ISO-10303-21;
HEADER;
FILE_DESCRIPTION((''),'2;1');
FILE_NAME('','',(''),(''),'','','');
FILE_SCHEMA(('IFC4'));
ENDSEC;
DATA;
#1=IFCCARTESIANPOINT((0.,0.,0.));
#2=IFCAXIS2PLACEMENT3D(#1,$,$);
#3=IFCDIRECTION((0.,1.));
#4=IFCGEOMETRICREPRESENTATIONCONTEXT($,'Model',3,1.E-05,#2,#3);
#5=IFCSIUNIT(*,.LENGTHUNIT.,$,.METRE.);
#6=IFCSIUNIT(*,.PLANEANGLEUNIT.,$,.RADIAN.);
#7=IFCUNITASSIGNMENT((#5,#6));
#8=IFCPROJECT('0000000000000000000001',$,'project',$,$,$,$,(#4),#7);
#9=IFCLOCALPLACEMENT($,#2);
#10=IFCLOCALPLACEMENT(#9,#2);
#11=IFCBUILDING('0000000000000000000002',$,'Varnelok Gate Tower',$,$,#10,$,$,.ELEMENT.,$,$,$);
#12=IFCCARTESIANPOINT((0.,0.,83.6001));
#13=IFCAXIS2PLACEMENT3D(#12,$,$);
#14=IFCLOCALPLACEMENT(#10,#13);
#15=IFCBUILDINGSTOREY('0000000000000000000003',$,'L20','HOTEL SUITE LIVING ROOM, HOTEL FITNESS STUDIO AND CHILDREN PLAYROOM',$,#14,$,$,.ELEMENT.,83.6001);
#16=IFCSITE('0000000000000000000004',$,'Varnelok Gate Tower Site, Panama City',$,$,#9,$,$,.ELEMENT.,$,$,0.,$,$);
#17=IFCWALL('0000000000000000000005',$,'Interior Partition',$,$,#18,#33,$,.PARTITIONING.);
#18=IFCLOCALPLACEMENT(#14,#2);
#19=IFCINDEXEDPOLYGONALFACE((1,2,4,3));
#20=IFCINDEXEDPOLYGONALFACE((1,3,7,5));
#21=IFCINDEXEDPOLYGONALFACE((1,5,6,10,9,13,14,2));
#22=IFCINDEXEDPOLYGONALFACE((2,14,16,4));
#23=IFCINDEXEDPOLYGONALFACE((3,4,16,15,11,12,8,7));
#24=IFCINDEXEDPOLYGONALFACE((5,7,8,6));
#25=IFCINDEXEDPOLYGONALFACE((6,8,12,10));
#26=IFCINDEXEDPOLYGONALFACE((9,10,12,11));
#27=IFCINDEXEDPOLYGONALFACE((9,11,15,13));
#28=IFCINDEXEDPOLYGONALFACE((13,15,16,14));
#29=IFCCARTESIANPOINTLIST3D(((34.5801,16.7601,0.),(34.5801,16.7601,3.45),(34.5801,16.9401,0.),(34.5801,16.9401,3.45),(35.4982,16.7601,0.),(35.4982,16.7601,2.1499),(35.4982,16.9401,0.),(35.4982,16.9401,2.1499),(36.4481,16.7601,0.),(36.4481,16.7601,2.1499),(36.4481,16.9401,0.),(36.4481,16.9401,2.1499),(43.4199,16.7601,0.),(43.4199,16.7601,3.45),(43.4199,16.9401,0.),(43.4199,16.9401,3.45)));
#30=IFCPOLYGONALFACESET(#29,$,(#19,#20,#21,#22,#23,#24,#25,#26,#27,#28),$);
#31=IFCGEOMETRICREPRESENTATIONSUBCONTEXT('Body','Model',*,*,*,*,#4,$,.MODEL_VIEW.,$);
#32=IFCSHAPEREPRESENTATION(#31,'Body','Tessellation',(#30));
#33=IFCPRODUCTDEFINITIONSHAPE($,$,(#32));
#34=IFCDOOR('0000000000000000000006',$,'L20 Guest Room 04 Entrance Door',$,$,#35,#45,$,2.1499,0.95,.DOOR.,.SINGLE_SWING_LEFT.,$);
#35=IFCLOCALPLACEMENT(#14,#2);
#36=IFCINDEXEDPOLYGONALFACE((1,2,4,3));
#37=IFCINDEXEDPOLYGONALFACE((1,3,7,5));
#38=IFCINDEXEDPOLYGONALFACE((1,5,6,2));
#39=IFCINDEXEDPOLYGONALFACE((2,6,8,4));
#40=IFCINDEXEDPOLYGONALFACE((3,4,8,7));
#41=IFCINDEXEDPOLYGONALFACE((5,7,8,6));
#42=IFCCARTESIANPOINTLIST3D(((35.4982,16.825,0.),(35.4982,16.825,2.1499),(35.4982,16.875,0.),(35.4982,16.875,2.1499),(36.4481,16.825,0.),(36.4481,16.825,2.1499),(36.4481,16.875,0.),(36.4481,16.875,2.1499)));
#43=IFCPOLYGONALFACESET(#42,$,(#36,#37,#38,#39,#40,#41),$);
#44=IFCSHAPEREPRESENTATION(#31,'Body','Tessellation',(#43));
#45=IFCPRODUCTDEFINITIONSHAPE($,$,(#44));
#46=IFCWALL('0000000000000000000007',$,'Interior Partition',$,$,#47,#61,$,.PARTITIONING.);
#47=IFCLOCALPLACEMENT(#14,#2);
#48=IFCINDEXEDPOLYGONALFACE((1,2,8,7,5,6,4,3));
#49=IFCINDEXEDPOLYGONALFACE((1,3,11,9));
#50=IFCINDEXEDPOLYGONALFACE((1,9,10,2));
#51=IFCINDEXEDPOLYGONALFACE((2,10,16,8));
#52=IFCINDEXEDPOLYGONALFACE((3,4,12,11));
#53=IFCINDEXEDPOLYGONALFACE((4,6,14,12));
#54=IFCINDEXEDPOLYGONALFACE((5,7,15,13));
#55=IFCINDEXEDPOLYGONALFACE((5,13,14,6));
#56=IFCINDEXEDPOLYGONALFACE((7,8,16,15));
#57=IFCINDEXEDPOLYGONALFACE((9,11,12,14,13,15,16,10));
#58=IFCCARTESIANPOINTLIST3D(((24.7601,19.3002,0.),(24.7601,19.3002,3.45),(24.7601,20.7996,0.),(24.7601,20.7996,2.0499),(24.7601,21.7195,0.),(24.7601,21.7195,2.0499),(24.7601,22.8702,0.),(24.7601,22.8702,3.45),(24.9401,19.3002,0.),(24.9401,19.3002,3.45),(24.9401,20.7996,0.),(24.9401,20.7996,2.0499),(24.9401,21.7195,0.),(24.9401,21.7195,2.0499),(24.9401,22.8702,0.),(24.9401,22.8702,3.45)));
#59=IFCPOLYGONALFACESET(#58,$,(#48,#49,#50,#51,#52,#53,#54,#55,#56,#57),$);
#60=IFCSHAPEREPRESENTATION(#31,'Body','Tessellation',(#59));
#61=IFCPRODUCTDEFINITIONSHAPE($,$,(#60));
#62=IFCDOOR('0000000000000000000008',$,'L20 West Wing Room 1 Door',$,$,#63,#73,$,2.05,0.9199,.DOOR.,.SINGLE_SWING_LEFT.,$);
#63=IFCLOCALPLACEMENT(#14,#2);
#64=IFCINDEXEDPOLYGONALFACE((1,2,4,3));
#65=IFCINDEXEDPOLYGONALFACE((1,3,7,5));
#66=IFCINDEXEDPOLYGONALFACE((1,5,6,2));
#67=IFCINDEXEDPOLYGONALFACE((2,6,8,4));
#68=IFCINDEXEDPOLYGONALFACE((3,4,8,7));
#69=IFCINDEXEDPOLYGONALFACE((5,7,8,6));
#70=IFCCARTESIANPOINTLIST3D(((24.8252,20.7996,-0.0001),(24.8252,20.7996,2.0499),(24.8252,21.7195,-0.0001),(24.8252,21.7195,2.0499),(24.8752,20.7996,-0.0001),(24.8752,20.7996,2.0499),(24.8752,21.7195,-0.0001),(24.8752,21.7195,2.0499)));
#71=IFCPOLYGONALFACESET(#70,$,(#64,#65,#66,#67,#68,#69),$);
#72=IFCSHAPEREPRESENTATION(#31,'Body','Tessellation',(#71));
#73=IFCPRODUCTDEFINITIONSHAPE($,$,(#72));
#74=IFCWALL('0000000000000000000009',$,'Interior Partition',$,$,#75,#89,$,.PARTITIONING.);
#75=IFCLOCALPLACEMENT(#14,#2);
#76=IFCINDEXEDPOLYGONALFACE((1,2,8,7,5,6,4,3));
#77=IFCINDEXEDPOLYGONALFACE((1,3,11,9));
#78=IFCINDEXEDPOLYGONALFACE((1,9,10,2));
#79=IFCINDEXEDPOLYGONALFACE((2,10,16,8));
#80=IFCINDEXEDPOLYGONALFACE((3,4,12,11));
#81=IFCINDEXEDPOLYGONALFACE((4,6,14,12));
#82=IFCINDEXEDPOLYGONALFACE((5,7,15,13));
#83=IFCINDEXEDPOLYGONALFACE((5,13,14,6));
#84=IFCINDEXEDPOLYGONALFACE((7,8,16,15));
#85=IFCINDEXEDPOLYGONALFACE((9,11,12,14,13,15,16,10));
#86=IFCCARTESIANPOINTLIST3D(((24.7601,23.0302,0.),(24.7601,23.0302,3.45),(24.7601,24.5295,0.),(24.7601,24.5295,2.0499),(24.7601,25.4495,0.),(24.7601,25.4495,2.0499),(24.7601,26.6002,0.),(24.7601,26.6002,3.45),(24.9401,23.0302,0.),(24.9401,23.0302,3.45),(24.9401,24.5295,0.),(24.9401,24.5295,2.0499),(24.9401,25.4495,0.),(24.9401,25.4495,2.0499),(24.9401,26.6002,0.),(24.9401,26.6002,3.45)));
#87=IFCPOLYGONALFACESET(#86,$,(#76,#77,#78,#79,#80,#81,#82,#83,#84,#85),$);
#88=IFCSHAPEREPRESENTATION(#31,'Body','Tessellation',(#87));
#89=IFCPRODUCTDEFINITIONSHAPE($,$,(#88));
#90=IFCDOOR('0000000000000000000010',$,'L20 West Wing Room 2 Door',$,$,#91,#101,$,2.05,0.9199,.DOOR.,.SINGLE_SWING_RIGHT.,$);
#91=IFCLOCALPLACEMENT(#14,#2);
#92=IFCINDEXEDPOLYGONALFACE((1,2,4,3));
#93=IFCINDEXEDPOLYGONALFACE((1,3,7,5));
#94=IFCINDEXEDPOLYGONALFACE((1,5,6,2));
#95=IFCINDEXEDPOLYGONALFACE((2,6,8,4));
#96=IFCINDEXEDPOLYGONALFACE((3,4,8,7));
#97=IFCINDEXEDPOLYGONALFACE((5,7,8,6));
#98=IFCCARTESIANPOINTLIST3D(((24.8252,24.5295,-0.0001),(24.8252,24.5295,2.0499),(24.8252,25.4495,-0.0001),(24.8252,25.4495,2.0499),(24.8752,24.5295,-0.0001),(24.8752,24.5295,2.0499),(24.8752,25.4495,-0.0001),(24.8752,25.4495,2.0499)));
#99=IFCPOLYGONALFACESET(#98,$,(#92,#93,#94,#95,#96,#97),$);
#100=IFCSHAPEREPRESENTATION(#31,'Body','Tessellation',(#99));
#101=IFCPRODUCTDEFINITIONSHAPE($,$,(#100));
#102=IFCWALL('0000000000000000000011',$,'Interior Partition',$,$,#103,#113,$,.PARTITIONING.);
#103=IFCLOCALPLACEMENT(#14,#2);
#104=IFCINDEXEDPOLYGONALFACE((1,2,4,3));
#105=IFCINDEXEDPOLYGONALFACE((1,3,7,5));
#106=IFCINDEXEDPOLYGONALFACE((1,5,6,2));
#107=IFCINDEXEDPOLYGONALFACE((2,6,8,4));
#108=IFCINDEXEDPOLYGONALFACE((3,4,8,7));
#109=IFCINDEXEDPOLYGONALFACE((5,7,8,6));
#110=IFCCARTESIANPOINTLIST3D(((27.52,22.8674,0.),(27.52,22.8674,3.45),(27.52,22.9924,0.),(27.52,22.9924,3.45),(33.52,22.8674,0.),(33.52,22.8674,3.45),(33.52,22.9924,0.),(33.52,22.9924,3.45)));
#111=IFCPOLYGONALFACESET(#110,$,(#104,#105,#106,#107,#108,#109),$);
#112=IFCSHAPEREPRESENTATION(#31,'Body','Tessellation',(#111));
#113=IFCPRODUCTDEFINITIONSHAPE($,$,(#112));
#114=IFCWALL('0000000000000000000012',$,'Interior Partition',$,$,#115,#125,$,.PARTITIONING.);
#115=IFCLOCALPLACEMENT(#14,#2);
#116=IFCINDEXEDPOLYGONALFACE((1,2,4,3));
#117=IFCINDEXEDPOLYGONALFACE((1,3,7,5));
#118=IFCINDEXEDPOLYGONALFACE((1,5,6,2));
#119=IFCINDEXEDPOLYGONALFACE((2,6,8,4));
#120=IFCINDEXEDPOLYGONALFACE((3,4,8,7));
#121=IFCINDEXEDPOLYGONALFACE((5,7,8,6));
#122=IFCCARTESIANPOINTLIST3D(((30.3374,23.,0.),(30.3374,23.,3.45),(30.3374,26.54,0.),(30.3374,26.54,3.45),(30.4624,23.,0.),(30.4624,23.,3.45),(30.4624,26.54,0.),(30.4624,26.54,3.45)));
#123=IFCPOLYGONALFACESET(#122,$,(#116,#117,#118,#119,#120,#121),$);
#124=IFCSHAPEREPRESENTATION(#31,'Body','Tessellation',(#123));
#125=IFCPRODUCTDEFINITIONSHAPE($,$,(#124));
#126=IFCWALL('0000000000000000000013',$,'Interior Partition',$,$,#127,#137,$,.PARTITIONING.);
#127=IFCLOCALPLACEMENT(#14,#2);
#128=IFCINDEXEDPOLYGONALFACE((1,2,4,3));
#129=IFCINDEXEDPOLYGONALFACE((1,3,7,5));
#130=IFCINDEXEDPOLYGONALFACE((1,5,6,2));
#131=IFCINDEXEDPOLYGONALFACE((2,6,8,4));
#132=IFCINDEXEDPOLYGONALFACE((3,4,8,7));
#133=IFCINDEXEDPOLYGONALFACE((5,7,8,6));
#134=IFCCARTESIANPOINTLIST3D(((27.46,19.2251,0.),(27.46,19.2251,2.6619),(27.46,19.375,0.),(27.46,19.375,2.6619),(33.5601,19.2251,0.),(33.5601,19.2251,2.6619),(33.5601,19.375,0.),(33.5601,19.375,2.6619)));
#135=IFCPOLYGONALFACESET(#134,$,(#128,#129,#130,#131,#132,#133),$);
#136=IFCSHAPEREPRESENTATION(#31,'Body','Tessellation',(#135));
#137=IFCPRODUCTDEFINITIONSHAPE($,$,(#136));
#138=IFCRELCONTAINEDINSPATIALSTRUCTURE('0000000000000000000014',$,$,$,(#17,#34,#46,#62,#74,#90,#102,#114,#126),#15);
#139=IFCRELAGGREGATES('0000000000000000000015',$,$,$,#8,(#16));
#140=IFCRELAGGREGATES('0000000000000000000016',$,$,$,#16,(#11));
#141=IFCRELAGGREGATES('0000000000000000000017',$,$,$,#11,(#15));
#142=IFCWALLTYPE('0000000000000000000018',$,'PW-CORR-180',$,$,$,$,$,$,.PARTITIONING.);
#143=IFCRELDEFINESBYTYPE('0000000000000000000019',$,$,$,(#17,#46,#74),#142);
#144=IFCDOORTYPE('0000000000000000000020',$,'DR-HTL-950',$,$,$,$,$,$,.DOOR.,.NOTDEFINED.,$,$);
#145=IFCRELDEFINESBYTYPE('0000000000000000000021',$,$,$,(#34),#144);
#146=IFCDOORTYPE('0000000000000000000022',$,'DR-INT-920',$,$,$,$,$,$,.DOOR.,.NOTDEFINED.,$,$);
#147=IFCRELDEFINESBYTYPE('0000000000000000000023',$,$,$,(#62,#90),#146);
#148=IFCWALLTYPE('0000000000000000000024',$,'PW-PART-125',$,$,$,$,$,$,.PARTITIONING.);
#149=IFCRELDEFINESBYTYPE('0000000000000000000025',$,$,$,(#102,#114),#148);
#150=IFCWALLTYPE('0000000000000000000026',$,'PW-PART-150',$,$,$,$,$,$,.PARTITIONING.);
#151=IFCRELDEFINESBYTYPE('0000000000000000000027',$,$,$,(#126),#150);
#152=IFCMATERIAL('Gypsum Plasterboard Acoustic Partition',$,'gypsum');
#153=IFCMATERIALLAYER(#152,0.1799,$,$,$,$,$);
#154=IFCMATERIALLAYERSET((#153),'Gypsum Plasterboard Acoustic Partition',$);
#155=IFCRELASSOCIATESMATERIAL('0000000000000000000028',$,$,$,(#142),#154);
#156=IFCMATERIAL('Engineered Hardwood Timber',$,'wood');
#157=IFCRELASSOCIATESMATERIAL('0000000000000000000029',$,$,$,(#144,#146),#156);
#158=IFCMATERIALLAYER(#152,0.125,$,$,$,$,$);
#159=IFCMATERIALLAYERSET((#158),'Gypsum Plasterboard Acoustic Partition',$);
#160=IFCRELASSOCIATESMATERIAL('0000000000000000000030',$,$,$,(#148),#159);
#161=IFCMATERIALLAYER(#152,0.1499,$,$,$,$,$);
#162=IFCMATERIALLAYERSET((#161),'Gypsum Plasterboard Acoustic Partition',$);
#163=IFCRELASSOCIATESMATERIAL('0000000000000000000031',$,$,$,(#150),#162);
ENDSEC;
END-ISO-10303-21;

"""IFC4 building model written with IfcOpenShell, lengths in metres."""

from ifc_helpers import new_model, si_unit, direction, frame, frame_2d, origin, place, context, subcontext, project, spatial, rectangle, extrude, material, layer, layer_set, type_object, element, fill, save


model = new_model("IFC4")

# Units and contexts
model_context = context("Model", 3, precision=1e-05, world=origin(), true_north=direction((0.0, 1.0)))
body_context = subcontext(model_context, "Body", "Model", "MODEL_VIEW")
ifc_project = project(units=[si_unit("LENGTHUNIT", "METRE"), si_unit("PLANEANGLEUNIT", "RADIAN")], contexts=[model_context])

# Site, building, storey
site_placement = place(None, origin())
site = spatial("IfcSite", under=ifc_project, at=site_placement, Name="Varnelok Gate Tower Site, Panama City", CompositionType="ELEMENT", RefElevation=0.0)
building_placement = place(site_placement, origin())
building = spatial("IfcBuilding", under=site, at=building_placement, Name="Varnelok Gate Tower", CompositionType="ELEMENT")
storey_placement = place(building_placement, frame((0.0, 0.0, 83.6001)))
storey = spatial("IfcBuildingStorey", under=building, at=storey_placement, Name="L20", Description="HOTEL SUITE LIVING ROOM, HOTEL FITNESS STUDIO AND CHILDREN PLAYROOM", CompositionType="ELEMENT", Elevation=83.6001)

# Walls, openings, doors
ifc_material_1 = material(Name="Gypsum Plasterboard Acoustic Partition", Category="gypsum")
ifc_layer_1 = layer(ifc_material_1, 0.1799)
ifc_layer_set_1 = layer_set([ifc_layer_1], Name="Gypsum Plasterboard Acoustic Partition")
wall_type_1 = type_object("IfcWallType", Name="PW-CORR-180", PredefinedType="PARTITIONING", material=ifc_layer_set_1)
wall_1_placement = place(storey_placement, frame((34.5801, 16.8501, 0.0), z_axis=(0.0, 0.0, 1.0), x_axis=(1.0, 0.0, 0.0)))
wall_1 = element("IfcWall", 1, at=wall_1_placement, inside=storey, type_object=wall_type_1, Name="Interior Partition", PredefinedType="PARTITIONING", context=body_context, shape_type="SweptSolid", body=[
    extrude(rectangle(XDim=8.8398, YDim=0.1799, at=frame_2d((4.4199, 0.0))), origin(), (0.0, 0.0, 1.0), 3.45),
])
opening_1_placement = place(wall_1_placement, frame((0.918, 0.0, 0.0)))
opening_1 = element("IfcOpeningElement", 2, at=opening_1_placement, cuts=wall_1, PredefinedType="OPENING", context=body_context, shape_type="SweptSolid", body=[
    extrude(rectangle(XDim=0.95, YDim=2.1499, at=frame_2d((0.4751, 1.075))), frame((0.0, 0.0999, 0.0), z_axis=(0.0, -1.0, 0.0), x_axis=(1.0, 0.0, 0.0)), (0.0, 0.0, 1.0), 0.2),
])
ifc_material_2 = material(Name="Engineered Hardwood Timber", Category="wood")
door_type_1 = type_object("IfcDoorType", Name="DR-HTL-950", OperationType="NOTDEFINED", PredefinedType="DOOR", material=ifc_material_2)
door_1_placement = place(opening_1_placement, origin())
door_1 = element("IfcDoor", 3, at=door_1_placement, inside=storey, type_object=door_type_1, Name="L20 Guest Room 04 Entrance Door", OperationType="SINGLE_SWING_LEFT", OverallHeight=2.1499, OverallWidth=0.95, PredefinedType="DOOR", context=body_context, shape_type="SweptSolid", body=[
    extrude(rectangle(XDim=0.95, YDim=2.1499, at=frame_2d((0.4751, 1.075))), frame((0.0, 0.0249, 0.0), z_axis=(0.0, -1.0, 0.0), x_axis=(1.0, 0.0, 0.0)), (0.0, 0.0, 1.0), 0.05),
])
fill(opening_1, door_1)
wall_2_placement = place(storey_placement, frame((24.8501, 19.3, 0.0), z_axis=(0.0, 0.0, 1.0), x_axis=(0.0, 1.0, 0.0)))
wall_2 = element("IfcWall", 4, at=wall_2_placement, inside=storey, type_object=wall_type_1, Name="Interior Partition", PredefinedType="PARTITIONING", context=body_context, shape_type="SweptSolid", body=[
    extrude(rectangle(XDim=3.5701, YDim=0.1799, at=frame_2d((1.7852, 0.0))), origin(), (0.0, 0.0, 1.0), 3.45),
])
opening_2_placement = place(wall_2_placement, frame((1.4995, 0.0, 0.0)))
opening_2 = element("IfcOpeningElement", 5, at=opening_2_placement, cuts=wall_2, PredefinedType="OPENING", context=body_context, shape_type="SweptSolid", body=[
    extrude(rectangle(XDim=0.9199, YDim=2.05, at=frame_2d((0.46, 1.0249))), frame((0.0, 0.0999, 0.0), z_axis=(0.0, -1.0, 0.0), x_axis=(1.0, 0.0, 0.0)), (0.0, 0.0, 1.0), 0.2),
])
door_type_2 = type_object("IfcDoorType", Name="DR-INT-920", OperationType="NOTDEFINED", PredefinedType="DOOR", material=ifc_material_2)
door_2_placement = place(opening_2_placement, origin())
door_2 = element("IfcDoor", 6, at=door_2_placement, inside=storey, type_object=door_type_2, Name="L20 West Wing Room 1 Door", OperationType="SINGLE_SWING_LEFT", OverallHeight=2.05, OverallWidth=0.9199, PredefinedType="DOOR", context=body_context, shape_type="SweptSolid", body=[
    extrude(rectangle(XDim=0.9199, YDim=2.05, at=frame_2d((0.46, 1.0249))), frame((0.0, 0.0249, 0.0), z_axis=(0.0, -1.0, 0.0), x_axis=(1.0, 0.0, 0.0)), (0.0, 0.0, 1.0), 0.05),
])
fill(opening_2, door_2)
wall_3_placement = place(storey_placement, frame((24.8501, 23.03, 0.0), z_axis=(0.0, 0.0, 1.0), x_axis=(0.0, 1.0, 0.0)))
wall_3 = element("IfcWall", 7, at=wall_3_placement, inside=storey, type_object=wall_type_1, Name="Interior Partition", PredefinedType="PARTITIONING", context=body_context, shape_type="SweptSolid", body=[
    extrude(rectangle(XDim=3.5701, YDim=0.1799, at=frame_2d((1.7852, 0.0))), origin(), (0.0, 0.0, 1.0), 3.45),
])
opening_3_placement = place(wall_3_placement, frame((1.4995, 0.0, 0.0)))
opening_3 = element("IfcOpeningElement", 8, at=opening_3_placement, cuts=wall_3, PredefinedType="OPENING", context=body_context, shape_type="SweptSolid", body=[
    extrude(rectangle(XDim=0.9199, YDim=2.05, at=frame_2d((0.46, 1.0249))), frame((0.0, 0.0999, 0.0), z_axis=(0.0, -1.0, 0.0), x_axis=(1.0, 0.0, 0.0)), (0.0, 0.0, 1.0), 0.2),
])
door_3_placement = place(opening_3_placement, origin())
door_3 = element("IfcDoor", 9, at=door_3_placement, inside=storey, type_object=door_type_2, Name="L20 West Wing Room 2 Door", OperationType="SINGLE_SWING_RIGHT", OverallHeight=2.05, OverallWidth=0.9199, PredefinedType="DOOR", context=body_context, shape_type="SweptSolid", body=[
    extrude(rectangle(XDim=0.9199, YDim=2.05, at=frame_2d((0.46, 1.0249))), frame((0.0, 0.0249, 0.0), z_axis=(0.0, -1.0, 0.0), x_axis=(1.0, 0.0, 0.0)), (0.0, 0.0, 1.0), 0.05),
])
fill(opening_3, door_3)

# Walls
ifc_layer_2 = layer(ifc_material_1, 0.125)
ifc_layer_set_2 = layer_set([ifc_layer_2], Name="Gypsum Plasterboard Acoustic Partition")
wall_type_2 = type_object("IfcWallType", Name="PW-PART-125", PredefinedType="PARTITIONING", material=ifc_layer_set_2)
wall_4_placement = place(storey_placement, frame((27.52, 22.9299, 0.0), z_axis=(0.0, 0.0, 1.0), x_axis=(1.0, 0.0, 0.0)))
element("IfcWall", 10, at=wall_4_placement, inside=storey, type_object=wall_type_2, Name="Interior Partition", PredefinedType="PARTITIONING", context=body_context, shape_type="SweptSolid", body=[
    extrude(rectangle(XDim=6.0, YDim=0.125, at=frame_2d((3.0, 0.0))), origin(), (0.0, 0.0, 1.0), 3.45),
])
wall_5_placement = place(storey_placement, frame((30.3999, 23.0, 0.0), z_axis=(0.0, 0.0, 1.0), x_axis=(0.0, 1.0, 0.0)))
element("IfcWall", 11, at=wall_5_placement, inside=storey, type_object=wall_type_2, Name="Interior Partition", PredefinedType="PARTITIONING", context=body_context, shape_type="SweptSolid", body=[
    extrude(rectangle(XDim=3.54, YDim=0.125, at=frame_2d((1.77, 0.0))), origin(), (0.0, 0.0, 1.0), 3.45),
])
ifc_layer_3 = layer(ifc_material_1, 0.1499)
ifc_layer_set_3 = layer_set([ifc_layer_3], Name="Gypsum Plasterboard Acoustic Partition")
wall_type_3 = type_object("IfcWallType", Name="PW-PART-150", PredefinedType="PARTITIONING", material=ifc_layer_set_3)
wall_6_placement = place(storey_placement, frame((27.46, 19.3, 0.0), z_axis=(0.0, 0.0, 1.0), x_axis=(1.0, 0.0, 0.0)))
element("IfcWall", 12, at=wall_6_placement, inside=storey, type_object=wall_type_3, Name="Interior Partition", PredefinedType="PARTITIONING", context=body_context, shape_type="SweptSolid", body=[
    extrude(rectangle(XDim=6.1001, YDim=0.1499, at=frame_2d((3.05, 0.0))), origin(), (0.0, 0.0, 1.0), 2.6619),
])

save(model, "model.ifc")
